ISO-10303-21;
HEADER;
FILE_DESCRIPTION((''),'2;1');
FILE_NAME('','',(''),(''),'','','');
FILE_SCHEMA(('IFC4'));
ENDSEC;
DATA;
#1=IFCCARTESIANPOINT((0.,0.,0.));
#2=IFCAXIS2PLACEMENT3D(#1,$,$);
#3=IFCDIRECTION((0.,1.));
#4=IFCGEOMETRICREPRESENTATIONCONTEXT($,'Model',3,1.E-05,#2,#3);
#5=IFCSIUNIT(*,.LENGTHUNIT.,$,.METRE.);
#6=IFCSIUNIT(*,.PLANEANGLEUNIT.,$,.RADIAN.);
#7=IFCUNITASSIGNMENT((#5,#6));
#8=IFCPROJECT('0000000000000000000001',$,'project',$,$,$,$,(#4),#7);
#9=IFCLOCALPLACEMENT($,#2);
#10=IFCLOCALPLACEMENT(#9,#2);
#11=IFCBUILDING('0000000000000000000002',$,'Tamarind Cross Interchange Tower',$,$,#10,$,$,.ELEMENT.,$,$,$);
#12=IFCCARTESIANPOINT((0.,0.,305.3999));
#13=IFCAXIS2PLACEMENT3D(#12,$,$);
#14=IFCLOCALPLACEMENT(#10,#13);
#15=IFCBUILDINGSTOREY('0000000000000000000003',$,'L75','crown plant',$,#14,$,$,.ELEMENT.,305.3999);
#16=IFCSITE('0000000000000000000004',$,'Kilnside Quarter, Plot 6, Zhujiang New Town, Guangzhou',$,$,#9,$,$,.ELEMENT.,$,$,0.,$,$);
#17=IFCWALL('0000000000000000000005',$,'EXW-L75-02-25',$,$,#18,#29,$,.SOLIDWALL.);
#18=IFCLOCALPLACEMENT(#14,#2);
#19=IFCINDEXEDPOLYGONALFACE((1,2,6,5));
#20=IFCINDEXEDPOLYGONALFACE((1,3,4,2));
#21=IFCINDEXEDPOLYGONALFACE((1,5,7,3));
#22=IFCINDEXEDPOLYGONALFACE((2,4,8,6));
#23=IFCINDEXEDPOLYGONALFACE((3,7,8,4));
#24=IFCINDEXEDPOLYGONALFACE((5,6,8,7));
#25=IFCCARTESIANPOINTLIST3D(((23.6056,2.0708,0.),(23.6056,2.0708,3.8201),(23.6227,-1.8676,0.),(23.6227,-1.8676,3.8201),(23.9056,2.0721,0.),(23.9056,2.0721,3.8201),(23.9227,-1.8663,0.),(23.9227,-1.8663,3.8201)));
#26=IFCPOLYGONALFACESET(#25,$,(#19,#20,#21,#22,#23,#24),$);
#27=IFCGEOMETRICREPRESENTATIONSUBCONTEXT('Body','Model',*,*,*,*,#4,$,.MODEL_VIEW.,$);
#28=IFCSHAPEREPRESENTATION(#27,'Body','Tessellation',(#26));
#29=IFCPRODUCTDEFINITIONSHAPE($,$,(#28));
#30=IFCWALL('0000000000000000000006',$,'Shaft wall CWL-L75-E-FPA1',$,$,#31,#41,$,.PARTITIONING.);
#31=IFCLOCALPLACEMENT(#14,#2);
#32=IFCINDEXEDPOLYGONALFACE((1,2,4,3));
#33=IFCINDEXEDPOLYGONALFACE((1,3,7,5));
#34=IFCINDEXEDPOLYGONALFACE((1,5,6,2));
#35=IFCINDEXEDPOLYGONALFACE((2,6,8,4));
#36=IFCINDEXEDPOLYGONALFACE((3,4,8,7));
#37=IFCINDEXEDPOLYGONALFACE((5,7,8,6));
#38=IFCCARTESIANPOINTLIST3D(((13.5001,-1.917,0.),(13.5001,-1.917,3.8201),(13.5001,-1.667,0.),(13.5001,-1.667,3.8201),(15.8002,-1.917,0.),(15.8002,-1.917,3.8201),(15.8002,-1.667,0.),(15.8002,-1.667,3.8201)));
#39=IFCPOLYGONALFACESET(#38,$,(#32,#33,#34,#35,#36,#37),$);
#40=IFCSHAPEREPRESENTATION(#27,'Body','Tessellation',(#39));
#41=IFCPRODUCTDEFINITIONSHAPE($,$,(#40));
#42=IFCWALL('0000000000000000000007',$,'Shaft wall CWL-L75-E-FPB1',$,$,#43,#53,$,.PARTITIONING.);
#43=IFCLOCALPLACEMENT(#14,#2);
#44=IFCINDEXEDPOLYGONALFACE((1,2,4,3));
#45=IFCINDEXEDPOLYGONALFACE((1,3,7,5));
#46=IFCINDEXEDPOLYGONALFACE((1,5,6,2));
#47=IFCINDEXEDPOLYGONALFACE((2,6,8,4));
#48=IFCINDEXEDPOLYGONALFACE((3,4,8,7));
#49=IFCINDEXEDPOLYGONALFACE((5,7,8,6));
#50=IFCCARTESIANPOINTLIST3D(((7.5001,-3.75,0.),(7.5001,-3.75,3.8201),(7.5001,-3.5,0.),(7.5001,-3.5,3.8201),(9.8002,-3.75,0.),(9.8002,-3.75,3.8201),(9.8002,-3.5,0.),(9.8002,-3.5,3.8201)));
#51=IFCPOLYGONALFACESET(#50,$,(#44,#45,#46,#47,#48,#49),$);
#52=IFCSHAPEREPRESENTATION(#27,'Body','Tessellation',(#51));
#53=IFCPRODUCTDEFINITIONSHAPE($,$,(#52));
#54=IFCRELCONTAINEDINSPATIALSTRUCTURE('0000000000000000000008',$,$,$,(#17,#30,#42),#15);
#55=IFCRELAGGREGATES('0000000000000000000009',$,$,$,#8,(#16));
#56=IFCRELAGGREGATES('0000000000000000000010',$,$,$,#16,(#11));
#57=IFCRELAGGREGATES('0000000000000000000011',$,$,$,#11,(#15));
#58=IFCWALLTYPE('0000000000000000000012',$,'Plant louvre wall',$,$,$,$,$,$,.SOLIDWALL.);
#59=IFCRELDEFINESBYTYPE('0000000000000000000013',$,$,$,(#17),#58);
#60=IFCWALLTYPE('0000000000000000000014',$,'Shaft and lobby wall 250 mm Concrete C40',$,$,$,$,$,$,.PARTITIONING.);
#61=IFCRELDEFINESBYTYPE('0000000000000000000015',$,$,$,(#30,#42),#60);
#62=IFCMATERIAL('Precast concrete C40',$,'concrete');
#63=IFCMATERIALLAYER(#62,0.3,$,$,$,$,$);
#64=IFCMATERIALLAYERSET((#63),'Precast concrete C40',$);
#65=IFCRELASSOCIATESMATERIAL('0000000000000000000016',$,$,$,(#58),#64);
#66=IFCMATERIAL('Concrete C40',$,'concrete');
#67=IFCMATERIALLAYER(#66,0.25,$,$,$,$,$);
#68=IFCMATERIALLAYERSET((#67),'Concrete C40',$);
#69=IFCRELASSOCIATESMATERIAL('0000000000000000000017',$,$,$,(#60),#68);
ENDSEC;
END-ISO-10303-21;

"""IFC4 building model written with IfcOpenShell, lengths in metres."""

from ifc_helpers import new_model, si_unit, direction, frame, frame_2d, origin, place, context, subcontext, project, spatial, rectangle, extrude, material, layer, layer_set, type_object, element, save


model = new_model("IFC4")

# Units and contexts
model_context = context("Model", 3, precision=1e-05, world=origin(), true_north=direction((0.0, 1.0)))
body_context = subcontext(model_context, "Body", "Model", "MODEL_VIEW")
ifc_project = project(units=[si_unit("LENGTHUNIT", "METRE"), si_unit("PLANEANGLEUNIT", "RADIAN")], contexts=[model_context])

# Site, building, storey
site_placement = place(None, origin())
site = spatial("IfcSite", under=ifc_project, at=site_placement, Name="Kilnside Quarter, Plot 6, Zhujiang New Town, Guangzhou", CompositionType="ELEMENT", RefElevation=0.0)
building_placement = place(site_placement, origin())
building = spatial("IfcBuilding", under=site, at=building_placement, Name="Tamarind Cross Interchange Tower", CompositionType="ELEMENT")
storey_placement = place(building_placement, frame((0.0, 0.0, 305.3999)))
storey = spatial("IfcBuildingStorey", under=building, at=storey_placement, Name="L75", Description="crown plant", CompositionType="ELEMENT", Elevation=305.3999)

# Walls
ifc_material_1 = material(Name="Precast concrete C40", Category="concrete")
ifc_layer_1 = layer(ifc_material_1, 0.3)
ifc_layer_set_1 = layer_set([ifc_layer_1], Name="Precast concrete C40")
wall_type_1 = type_object("IfcWallType", Name="Plant louvre wall", PredefinedType="SOLIDWALL", material=ifc_layer_set_1)
wall_1_placement = place(storey_placement, frame((23.7727, -1.8669, 0.0), z_axis=(0.0, 0.0, 1.0), x_axis=(-0.004339, 0.999991, 0.0)))
element("IfcWall", 1, at=wall_1_placement, inside=storey, type_object=wall_type_1, Name="EXW-L75-02-25", PredefinedType="SOLIDWALL", context=body_context, shape_type="SweptSolid", body=[
    extrude(rectangle(XDim=3.9385, YDim=0.3, at=frame_2d((1.9692, 0.0))), origin(), (0.0, 0.0, 1.0), 3.8201),
])
ifc_material_2 = material(Name="Concrete C40", Category="concrete")
ifc_layer_2 = layer(ifc_material_2, 0.25)
ifc_layer_set_2 = layer_set([ifc_layer_2], Name="Concrete C40")
wall_type_2 = type_object("IfcWallType", Name="Shaft and lobby wall 250 mm Concrete C40", PredefinedType="PARTITIONING", material=ifc_layer_set_2)
for number, where, z_axis, x_axis, name in (
    (2, (15.8, -1.792, 0.0), (0.0, 0.0, 1.0), (-1.0, 0.0, 0.0), "Shaft wall CWL-L75-E-FPA1"),
    (3, (9.8, -3.625, 0.0), (0.0, 0.0, 1.0), (-1.0, 0.0, 0.0), "Shaft wall CWL-L75-E-FPB1"),
):
    element("IfcWall", number, at=place(storey_placement, frame(where, z_axis=z_axis, x_axis=x_axis)), inside=storey, type_object=wall_type_2, Name=name, PredefinedType="PARTITIONING", context=body_context, shape_type="SweptSolid", body=[
        extrude(rectangle(XDim=2.3, YDim=0.25, at=frame_2d((1.1499, 0.0))), origin(), (0.0, 0.0, 1.0), 3.8201),
    ])

save(model, "model.ifc")
